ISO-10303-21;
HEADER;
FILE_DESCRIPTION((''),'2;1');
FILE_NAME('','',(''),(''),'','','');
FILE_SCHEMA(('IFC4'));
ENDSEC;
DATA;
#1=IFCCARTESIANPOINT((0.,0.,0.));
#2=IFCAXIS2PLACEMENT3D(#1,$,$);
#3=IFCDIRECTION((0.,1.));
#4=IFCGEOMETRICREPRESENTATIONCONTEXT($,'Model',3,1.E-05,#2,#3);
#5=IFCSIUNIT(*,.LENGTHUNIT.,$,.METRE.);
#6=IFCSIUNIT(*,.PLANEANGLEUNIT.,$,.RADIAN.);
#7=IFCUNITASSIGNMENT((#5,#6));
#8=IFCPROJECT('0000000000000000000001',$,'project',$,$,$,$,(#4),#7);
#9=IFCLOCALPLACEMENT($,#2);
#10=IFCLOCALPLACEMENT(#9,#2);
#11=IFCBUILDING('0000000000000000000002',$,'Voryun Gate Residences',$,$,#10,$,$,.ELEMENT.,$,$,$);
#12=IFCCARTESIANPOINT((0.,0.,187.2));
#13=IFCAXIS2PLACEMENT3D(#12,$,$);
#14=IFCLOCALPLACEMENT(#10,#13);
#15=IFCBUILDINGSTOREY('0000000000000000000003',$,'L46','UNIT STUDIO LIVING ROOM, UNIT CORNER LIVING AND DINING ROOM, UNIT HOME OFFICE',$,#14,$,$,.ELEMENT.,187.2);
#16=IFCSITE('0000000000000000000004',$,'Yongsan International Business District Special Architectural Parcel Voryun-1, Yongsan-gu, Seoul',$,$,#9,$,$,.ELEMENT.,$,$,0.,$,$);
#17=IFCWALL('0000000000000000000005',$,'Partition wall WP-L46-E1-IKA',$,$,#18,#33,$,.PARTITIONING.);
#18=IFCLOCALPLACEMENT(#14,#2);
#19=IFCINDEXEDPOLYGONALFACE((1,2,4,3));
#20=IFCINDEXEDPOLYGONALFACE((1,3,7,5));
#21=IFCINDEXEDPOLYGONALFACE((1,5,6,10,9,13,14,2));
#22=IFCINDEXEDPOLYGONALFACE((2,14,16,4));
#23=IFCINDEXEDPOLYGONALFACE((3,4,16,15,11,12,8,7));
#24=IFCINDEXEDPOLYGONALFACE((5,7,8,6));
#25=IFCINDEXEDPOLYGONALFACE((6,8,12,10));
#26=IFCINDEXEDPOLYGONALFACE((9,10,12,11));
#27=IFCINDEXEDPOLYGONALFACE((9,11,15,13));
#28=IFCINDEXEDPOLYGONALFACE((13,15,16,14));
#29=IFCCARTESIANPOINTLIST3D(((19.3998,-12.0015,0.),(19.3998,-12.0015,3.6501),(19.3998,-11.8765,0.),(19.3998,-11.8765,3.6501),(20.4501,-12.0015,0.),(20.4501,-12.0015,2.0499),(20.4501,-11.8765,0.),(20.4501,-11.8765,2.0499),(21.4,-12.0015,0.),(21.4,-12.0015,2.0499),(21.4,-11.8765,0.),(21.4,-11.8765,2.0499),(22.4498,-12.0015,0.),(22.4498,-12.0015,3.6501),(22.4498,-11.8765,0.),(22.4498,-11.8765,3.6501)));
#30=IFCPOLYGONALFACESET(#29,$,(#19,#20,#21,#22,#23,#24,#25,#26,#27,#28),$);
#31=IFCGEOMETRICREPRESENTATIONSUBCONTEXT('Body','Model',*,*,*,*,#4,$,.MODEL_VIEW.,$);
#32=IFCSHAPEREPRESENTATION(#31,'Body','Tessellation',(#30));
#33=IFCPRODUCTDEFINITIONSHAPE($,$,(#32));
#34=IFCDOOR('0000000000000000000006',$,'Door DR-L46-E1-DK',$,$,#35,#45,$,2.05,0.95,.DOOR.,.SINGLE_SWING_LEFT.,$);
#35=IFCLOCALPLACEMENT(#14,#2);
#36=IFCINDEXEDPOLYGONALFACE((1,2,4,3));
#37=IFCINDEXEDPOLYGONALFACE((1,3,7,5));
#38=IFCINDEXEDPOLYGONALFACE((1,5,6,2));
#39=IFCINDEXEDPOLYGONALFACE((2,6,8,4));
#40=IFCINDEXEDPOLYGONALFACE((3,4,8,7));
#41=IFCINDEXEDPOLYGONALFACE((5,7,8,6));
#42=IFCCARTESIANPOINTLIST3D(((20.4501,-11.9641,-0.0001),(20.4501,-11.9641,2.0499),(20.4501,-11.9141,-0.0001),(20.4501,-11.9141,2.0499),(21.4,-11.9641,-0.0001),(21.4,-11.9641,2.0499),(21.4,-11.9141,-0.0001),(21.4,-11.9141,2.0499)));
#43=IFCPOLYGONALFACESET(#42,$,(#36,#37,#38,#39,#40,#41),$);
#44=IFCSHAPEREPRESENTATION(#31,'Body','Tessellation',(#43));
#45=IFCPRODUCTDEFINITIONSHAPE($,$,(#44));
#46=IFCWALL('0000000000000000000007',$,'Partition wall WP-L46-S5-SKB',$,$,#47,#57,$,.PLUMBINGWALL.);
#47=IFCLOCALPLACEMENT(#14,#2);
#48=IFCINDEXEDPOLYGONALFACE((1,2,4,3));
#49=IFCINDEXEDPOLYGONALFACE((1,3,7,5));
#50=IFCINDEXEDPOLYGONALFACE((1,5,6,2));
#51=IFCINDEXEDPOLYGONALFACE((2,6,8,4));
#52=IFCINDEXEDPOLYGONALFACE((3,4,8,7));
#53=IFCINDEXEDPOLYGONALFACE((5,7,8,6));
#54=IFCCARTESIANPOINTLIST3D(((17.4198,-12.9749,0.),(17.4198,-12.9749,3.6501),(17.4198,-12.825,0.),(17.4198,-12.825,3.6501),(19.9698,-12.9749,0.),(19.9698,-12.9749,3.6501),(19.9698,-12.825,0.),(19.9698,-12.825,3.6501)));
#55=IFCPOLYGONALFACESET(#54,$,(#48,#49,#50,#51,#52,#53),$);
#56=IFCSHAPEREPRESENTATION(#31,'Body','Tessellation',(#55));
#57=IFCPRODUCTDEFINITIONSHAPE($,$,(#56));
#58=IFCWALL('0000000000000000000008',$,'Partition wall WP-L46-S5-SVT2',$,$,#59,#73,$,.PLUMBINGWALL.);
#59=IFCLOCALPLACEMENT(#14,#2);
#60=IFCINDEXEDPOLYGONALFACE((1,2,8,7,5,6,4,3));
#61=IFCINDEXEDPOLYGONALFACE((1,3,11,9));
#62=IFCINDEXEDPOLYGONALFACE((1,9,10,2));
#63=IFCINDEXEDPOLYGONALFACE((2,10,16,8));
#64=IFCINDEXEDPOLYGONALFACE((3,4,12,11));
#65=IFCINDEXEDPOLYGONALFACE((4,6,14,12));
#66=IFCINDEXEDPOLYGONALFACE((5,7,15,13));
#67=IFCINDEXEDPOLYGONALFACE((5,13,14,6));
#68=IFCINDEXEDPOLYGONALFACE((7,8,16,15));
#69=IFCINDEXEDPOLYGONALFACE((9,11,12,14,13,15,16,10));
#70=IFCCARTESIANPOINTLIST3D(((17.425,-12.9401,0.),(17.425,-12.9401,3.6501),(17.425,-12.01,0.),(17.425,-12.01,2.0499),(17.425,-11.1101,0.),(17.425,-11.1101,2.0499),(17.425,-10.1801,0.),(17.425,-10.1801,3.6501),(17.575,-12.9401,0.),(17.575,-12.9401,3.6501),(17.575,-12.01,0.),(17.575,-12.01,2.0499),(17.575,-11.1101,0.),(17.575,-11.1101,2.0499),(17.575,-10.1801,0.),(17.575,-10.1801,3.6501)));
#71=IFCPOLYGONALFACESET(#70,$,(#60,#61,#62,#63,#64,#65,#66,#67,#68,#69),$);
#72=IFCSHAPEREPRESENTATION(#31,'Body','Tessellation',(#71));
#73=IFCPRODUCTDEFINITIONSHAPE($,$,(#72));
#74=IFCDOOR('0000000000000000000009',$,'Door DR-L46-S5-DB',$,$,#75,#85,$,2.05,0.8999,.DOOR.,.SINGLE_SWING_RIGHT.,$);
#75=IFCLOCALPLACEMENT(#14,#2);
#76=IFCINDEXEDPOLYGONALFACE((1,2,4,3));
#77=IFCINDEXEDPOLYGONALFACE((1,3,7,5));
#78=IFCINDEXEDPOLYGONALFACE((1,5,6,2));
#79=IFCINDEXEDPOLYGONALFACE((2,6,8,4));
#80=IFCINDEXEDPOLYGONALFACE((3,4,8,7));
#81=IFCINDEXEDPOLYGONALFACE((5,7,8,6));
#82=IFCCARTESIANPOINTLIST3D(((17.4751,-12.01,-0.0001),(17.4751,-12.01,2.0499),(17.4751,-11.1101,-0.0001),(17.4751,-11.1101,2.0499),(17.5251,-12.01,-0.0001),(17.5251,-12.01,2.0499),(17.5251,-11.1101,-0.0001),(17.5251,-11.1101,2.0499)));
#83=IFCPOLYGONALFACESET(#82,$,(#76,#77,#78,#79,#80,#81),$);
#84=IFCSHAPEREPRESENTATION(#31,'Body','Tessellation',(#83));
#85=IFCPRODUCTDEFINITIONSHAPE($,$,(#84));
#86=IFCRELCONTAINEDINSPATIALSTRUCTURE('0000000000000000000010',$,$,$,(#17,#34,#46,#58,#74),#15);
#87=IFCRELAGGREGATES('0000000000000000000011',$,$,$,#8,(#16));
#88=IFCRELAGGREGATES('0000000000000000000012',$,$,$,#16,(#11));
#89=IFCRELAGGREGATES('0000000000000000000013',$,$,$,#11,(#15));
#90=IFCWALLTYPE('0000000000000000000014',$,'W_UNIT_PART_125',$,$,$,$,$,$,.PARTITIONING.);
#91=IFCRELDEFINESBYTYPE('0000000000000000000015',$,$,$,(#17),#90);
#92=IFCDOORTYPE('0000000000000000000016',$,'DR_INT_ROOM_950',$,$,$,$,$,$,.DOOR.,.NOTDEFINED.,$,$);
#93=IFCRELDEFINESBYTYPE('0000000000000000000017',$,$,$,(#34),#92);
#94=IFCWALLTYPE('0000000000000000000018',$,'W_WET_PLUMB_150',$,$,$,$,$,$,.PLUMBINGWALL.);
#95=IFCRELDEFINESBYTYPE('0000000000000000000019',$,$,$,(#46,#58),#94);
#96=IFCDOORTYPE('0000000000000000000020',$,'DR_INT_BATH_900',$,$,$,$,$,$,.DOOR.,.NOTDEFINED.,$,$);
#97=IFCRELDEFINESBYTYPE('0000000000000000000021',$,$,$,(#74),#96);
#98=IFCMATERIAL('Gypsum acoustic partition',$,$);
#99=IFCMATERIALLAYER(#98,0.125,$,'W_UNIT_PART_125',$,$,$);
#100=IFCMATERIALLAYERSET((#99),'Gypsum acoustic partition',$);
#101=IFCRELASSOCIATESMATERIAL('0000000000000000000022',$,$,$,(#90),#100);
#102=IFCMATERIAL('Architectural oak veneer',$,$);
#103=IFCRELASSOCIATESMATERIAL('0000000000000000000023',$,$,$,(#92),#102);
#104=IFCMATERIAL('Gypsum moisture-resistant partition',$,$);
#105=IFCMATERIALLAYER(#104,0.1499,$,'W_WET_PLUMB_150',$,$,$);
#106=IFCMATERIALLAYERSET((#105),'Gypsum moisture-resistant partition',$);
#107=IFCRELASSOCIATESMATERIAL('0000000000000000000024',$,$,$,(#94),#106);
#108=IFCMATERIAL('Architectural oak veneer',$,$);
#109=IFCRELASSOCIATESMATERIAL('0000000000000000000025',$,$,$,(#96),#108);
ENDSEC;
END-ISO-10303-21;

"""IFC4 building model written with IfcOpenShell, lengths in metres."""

from ifc_helpers import new_model, si_unit, direction, frame, frame_2d, origin, place, context, subcontext, project, spatial, rectangle, extrude, material, layer, layer_set, type_object, element, fill, save


model = new_model("IFC4")

# Units and contexts
model_context = context("Model", 3, precision=1e-05, world=origin(), true_north=direction((0.0, 1.0)))
body_context = subcontext(model_context, "Body", "Model", "MODEL_VIEW")
ifc_project = project(units=[si_unit("LENGTHUNIT", "METRE"), si_unit("PLANEANGLEUNIT", "RADIAN")], contexts=[model_context])

# Site, building, storey
site_placement = place(None, origin())
site = spatial("IfcSite", under=ifc_project, at=site_placement, Name="Yongsan International Business District Special Architectural Parcel Voryun-1, Yongsan-gu, Seoul", CompositionType="ELEMENT", RefElevation=0.0)
building_placement = place(site_placement, origin())
building = spatial("IfcBuilding", under=site, at=building_placement, Name="Voryun Gate Residences", CompositionType="ELEMENT")
storey_placement = place(building_placement, frame((0.0, 0.0, 187.2)))
storey = spatial("IfcBuildingStorey", under=building, at=storey_placement, Name="L46", Description="UNIT STUDIO LIVING ROOM, UNIT CORNER LIVING AND DINING ROOM, UNIT HOME OFFICE", CompositionType="ELEMENT", Elevation=187.2)

# Wall, opening, door
ifc_material_1 = material(Name="Gypsum acoustic partition")
ifc_layer_1 = layer(ifc_material_1, 0.125, Name="W_UNIT_PART_125")
ifc_layer_set_1 = layer_set([ifc_layer_1], Name="Gypsum acoustic partition")
wall_type_1 = type_object("IfcWallType", Name="W_UNIT_PART_125", PredefinedType="PARTITIONING", material=ifc_layer_set_1)
wall_1_placement = place(storey_placement, frame((19.3999, -11.939, 0.0), z_axis=(0.0, 0.0, 1.0), x_axis=(1.0, 0.0, 0.0)))
wall_1 = element("IfcWall", 1, at=wall_1_placement, inside=storey, type_object=wall_type_1, Name="Partition wall WP-L46-E1-IKA", PredefinedType="PARTITIONING", context=body_context, shape_type="SweptSolid", body=[
    extrude(rectangle(XDim=3.05, YDim=0.125, at=frame_2d((1.5249, 0.0))), origin(), (0.0, 0.0, 1.0), 3.6501),
])
opening_1_placement = place(wall_1_placement, frame((1.05, 0.0, 0.0)))
opening_1 = element("IfcOpeningElement", 2, at=opening_1_placement, cuts=wall_1, PredefinedType="OPENING", context=body_context, shape_type="SweptSolid", body=[
    extrude(rectangle(XDim=0.95, YDim=2.05, at=frame_2d((0.4751, 1.0249))), frame((0.0, 0.0725, 0.0), z_axis=(0.0, -1.0, 0.0), x_axis=(1.0, 0.0, 0.0)), (0.0, 0.0, 1.0), 0.145),
])
ifc_material_2 = material(Name="Architectural oak veneer")
door_type_1 = type_object("IfcDoorType", Name="DR_INT_ROOM_950", OperationType="NOTDEFINED", PredefinedType="DOOR", material=ifc_material_2)
door_1_placement = place(opening_1_placement, origin())
door_1 = element("IfcDoor", 3, at=door_1_placement, inside=storey, type_object=door_type_1, Name="Door DR-L46-E1-DK", OperationType="SINGLE_SWING_LEFT", OverallHeight=2.05, OverallWidth=0.95, PredefinedType="DOOR", context=body_context, shape_type="SweptSolid", body=[
    extrude(rectangle(XDim=0.95, YDim=2.05, at=frame_2d((0.4751, 1.0249))), frame((0.0, 0.0249, 0.0), z_axis=(0.0, -1.0, 0.0), x_axis=(1.0, 0.0, 0.0)), (0.0, 0.0, 1.0), 0.05),
])
fill(opening_1, door_1)

# Wall
ifc_material_3 = material(Name="Gypsum moisture-resistant partition")
ifc_layer_2 = layer(ifc_material_3, 0.1499, Name="W_WET_PLUMB_150")
ifc_layer_set_2 = layer_set([ifc_layer_2], Name="Gypsum moisture-resistant partition")
wall_type_2 = type_object("IfcWallType", Name="W_WET_PLUMB_150", PredefinedType="PLUMBINGWALL", material=ifc_layer_set_2)
wall_2_placement = place(storey_placement, frame((17.4199, -12.8999, 0.0), z_axis=(0.0, 0.0, 1.0), x_axis=(1.0, 0.0, 0.0)))
element("IfcWall", 4, at=wall_2_placement, inside=storey, type_object=wall_type_2, Name="Partition wall WP-L46-S5-SKB", PredefinedType="PLUMBINGWALL", context=body_context, shape_type="SweptSolid", body=[
    extrude(rectangle(XDim=2.55, YDim=0.1499, at=frame_2d((1.2749, 0.0))), origin(), (0.0, 0.0, 1.0), 3.6501),
])

# Wall, opening, door
wall_3_placement = place(storey_placement, frame((17.5, -12.9399, 0.0), z_axis=(0.0, 0.0, 1.0), x_axis=(0.0, 1.0, 0.0)))
wall_3 = element("IfcWall", 5, at=wall_3_placement, inside=storey, type_object=wall_type_2, Name="Partition wall WP-L46-S5-SVT2", PredefinedType="PLUMBINGWALL", context=body_context, shape_type="SweptSolid", body=[
    extrude(rectangle(XDim=2.76, YDim=0.1499, at=frame_2d((1.3799, 0.0))), origin(), (0.0, 0.0, 1.0), 3.6501),
])
opening_2_placement = place(wall_3_placement, frame((0.9299, 0.0, 0.0)))
opening_2 = element("IfcOpeningElement", 6, at=opening_2_placement, cuts=wall_3, PredefinedType="OPENING", context=body_context, shape_type="SweptSolid", body=[
    extrude(rectangle(XDim=0.8999, YDim=2.05, at=frame_2d((0.45, 1.0249))), frame((0.0, 0.085, 0.0), z_axis=(0.0, -1.0, 0.0), x_axis=(1.0, 0.0, 0.0)), (0.0, 0.0, 1.0), 0.1699),
])
ifc_material_4 = material(Name="Architectural oak veneer")
door_type_2 = type_object("IfcDoorType", Name="DR_INT_BATH_900", OperationType="NOTDEFINED", PredefinedType="DOOR", material=ifc_material_4)
door_2_placement = place(opening_2_placement, origin())
door_2 = element("IfcDoor", 7, at=door_2_placement, inside=storey, type_object=door_type_2, Name="Door DR-L46-S5-DB", OperationType="SINGLE_SWING_RIGHT", OverallHeight=2.05, OverallWidth=0.8999, PredefinedType="DOOR", context=body_context, shape_type="SweptSolid", body=[
    extrude(rectangle(XDim=0.8999, YDim=2.05, at=frame_2d((0.45, 1.0249))), frame((0.0, 0.0249, 0.0), z_axis=(0.0, -1.0, 0.0), x_axis=(1.0, 0.0, 0.0)), (0.0, 0.0, 1.0), 0.05),
])
fill(opening_2, door_2)

save(model, "model.ifc")
